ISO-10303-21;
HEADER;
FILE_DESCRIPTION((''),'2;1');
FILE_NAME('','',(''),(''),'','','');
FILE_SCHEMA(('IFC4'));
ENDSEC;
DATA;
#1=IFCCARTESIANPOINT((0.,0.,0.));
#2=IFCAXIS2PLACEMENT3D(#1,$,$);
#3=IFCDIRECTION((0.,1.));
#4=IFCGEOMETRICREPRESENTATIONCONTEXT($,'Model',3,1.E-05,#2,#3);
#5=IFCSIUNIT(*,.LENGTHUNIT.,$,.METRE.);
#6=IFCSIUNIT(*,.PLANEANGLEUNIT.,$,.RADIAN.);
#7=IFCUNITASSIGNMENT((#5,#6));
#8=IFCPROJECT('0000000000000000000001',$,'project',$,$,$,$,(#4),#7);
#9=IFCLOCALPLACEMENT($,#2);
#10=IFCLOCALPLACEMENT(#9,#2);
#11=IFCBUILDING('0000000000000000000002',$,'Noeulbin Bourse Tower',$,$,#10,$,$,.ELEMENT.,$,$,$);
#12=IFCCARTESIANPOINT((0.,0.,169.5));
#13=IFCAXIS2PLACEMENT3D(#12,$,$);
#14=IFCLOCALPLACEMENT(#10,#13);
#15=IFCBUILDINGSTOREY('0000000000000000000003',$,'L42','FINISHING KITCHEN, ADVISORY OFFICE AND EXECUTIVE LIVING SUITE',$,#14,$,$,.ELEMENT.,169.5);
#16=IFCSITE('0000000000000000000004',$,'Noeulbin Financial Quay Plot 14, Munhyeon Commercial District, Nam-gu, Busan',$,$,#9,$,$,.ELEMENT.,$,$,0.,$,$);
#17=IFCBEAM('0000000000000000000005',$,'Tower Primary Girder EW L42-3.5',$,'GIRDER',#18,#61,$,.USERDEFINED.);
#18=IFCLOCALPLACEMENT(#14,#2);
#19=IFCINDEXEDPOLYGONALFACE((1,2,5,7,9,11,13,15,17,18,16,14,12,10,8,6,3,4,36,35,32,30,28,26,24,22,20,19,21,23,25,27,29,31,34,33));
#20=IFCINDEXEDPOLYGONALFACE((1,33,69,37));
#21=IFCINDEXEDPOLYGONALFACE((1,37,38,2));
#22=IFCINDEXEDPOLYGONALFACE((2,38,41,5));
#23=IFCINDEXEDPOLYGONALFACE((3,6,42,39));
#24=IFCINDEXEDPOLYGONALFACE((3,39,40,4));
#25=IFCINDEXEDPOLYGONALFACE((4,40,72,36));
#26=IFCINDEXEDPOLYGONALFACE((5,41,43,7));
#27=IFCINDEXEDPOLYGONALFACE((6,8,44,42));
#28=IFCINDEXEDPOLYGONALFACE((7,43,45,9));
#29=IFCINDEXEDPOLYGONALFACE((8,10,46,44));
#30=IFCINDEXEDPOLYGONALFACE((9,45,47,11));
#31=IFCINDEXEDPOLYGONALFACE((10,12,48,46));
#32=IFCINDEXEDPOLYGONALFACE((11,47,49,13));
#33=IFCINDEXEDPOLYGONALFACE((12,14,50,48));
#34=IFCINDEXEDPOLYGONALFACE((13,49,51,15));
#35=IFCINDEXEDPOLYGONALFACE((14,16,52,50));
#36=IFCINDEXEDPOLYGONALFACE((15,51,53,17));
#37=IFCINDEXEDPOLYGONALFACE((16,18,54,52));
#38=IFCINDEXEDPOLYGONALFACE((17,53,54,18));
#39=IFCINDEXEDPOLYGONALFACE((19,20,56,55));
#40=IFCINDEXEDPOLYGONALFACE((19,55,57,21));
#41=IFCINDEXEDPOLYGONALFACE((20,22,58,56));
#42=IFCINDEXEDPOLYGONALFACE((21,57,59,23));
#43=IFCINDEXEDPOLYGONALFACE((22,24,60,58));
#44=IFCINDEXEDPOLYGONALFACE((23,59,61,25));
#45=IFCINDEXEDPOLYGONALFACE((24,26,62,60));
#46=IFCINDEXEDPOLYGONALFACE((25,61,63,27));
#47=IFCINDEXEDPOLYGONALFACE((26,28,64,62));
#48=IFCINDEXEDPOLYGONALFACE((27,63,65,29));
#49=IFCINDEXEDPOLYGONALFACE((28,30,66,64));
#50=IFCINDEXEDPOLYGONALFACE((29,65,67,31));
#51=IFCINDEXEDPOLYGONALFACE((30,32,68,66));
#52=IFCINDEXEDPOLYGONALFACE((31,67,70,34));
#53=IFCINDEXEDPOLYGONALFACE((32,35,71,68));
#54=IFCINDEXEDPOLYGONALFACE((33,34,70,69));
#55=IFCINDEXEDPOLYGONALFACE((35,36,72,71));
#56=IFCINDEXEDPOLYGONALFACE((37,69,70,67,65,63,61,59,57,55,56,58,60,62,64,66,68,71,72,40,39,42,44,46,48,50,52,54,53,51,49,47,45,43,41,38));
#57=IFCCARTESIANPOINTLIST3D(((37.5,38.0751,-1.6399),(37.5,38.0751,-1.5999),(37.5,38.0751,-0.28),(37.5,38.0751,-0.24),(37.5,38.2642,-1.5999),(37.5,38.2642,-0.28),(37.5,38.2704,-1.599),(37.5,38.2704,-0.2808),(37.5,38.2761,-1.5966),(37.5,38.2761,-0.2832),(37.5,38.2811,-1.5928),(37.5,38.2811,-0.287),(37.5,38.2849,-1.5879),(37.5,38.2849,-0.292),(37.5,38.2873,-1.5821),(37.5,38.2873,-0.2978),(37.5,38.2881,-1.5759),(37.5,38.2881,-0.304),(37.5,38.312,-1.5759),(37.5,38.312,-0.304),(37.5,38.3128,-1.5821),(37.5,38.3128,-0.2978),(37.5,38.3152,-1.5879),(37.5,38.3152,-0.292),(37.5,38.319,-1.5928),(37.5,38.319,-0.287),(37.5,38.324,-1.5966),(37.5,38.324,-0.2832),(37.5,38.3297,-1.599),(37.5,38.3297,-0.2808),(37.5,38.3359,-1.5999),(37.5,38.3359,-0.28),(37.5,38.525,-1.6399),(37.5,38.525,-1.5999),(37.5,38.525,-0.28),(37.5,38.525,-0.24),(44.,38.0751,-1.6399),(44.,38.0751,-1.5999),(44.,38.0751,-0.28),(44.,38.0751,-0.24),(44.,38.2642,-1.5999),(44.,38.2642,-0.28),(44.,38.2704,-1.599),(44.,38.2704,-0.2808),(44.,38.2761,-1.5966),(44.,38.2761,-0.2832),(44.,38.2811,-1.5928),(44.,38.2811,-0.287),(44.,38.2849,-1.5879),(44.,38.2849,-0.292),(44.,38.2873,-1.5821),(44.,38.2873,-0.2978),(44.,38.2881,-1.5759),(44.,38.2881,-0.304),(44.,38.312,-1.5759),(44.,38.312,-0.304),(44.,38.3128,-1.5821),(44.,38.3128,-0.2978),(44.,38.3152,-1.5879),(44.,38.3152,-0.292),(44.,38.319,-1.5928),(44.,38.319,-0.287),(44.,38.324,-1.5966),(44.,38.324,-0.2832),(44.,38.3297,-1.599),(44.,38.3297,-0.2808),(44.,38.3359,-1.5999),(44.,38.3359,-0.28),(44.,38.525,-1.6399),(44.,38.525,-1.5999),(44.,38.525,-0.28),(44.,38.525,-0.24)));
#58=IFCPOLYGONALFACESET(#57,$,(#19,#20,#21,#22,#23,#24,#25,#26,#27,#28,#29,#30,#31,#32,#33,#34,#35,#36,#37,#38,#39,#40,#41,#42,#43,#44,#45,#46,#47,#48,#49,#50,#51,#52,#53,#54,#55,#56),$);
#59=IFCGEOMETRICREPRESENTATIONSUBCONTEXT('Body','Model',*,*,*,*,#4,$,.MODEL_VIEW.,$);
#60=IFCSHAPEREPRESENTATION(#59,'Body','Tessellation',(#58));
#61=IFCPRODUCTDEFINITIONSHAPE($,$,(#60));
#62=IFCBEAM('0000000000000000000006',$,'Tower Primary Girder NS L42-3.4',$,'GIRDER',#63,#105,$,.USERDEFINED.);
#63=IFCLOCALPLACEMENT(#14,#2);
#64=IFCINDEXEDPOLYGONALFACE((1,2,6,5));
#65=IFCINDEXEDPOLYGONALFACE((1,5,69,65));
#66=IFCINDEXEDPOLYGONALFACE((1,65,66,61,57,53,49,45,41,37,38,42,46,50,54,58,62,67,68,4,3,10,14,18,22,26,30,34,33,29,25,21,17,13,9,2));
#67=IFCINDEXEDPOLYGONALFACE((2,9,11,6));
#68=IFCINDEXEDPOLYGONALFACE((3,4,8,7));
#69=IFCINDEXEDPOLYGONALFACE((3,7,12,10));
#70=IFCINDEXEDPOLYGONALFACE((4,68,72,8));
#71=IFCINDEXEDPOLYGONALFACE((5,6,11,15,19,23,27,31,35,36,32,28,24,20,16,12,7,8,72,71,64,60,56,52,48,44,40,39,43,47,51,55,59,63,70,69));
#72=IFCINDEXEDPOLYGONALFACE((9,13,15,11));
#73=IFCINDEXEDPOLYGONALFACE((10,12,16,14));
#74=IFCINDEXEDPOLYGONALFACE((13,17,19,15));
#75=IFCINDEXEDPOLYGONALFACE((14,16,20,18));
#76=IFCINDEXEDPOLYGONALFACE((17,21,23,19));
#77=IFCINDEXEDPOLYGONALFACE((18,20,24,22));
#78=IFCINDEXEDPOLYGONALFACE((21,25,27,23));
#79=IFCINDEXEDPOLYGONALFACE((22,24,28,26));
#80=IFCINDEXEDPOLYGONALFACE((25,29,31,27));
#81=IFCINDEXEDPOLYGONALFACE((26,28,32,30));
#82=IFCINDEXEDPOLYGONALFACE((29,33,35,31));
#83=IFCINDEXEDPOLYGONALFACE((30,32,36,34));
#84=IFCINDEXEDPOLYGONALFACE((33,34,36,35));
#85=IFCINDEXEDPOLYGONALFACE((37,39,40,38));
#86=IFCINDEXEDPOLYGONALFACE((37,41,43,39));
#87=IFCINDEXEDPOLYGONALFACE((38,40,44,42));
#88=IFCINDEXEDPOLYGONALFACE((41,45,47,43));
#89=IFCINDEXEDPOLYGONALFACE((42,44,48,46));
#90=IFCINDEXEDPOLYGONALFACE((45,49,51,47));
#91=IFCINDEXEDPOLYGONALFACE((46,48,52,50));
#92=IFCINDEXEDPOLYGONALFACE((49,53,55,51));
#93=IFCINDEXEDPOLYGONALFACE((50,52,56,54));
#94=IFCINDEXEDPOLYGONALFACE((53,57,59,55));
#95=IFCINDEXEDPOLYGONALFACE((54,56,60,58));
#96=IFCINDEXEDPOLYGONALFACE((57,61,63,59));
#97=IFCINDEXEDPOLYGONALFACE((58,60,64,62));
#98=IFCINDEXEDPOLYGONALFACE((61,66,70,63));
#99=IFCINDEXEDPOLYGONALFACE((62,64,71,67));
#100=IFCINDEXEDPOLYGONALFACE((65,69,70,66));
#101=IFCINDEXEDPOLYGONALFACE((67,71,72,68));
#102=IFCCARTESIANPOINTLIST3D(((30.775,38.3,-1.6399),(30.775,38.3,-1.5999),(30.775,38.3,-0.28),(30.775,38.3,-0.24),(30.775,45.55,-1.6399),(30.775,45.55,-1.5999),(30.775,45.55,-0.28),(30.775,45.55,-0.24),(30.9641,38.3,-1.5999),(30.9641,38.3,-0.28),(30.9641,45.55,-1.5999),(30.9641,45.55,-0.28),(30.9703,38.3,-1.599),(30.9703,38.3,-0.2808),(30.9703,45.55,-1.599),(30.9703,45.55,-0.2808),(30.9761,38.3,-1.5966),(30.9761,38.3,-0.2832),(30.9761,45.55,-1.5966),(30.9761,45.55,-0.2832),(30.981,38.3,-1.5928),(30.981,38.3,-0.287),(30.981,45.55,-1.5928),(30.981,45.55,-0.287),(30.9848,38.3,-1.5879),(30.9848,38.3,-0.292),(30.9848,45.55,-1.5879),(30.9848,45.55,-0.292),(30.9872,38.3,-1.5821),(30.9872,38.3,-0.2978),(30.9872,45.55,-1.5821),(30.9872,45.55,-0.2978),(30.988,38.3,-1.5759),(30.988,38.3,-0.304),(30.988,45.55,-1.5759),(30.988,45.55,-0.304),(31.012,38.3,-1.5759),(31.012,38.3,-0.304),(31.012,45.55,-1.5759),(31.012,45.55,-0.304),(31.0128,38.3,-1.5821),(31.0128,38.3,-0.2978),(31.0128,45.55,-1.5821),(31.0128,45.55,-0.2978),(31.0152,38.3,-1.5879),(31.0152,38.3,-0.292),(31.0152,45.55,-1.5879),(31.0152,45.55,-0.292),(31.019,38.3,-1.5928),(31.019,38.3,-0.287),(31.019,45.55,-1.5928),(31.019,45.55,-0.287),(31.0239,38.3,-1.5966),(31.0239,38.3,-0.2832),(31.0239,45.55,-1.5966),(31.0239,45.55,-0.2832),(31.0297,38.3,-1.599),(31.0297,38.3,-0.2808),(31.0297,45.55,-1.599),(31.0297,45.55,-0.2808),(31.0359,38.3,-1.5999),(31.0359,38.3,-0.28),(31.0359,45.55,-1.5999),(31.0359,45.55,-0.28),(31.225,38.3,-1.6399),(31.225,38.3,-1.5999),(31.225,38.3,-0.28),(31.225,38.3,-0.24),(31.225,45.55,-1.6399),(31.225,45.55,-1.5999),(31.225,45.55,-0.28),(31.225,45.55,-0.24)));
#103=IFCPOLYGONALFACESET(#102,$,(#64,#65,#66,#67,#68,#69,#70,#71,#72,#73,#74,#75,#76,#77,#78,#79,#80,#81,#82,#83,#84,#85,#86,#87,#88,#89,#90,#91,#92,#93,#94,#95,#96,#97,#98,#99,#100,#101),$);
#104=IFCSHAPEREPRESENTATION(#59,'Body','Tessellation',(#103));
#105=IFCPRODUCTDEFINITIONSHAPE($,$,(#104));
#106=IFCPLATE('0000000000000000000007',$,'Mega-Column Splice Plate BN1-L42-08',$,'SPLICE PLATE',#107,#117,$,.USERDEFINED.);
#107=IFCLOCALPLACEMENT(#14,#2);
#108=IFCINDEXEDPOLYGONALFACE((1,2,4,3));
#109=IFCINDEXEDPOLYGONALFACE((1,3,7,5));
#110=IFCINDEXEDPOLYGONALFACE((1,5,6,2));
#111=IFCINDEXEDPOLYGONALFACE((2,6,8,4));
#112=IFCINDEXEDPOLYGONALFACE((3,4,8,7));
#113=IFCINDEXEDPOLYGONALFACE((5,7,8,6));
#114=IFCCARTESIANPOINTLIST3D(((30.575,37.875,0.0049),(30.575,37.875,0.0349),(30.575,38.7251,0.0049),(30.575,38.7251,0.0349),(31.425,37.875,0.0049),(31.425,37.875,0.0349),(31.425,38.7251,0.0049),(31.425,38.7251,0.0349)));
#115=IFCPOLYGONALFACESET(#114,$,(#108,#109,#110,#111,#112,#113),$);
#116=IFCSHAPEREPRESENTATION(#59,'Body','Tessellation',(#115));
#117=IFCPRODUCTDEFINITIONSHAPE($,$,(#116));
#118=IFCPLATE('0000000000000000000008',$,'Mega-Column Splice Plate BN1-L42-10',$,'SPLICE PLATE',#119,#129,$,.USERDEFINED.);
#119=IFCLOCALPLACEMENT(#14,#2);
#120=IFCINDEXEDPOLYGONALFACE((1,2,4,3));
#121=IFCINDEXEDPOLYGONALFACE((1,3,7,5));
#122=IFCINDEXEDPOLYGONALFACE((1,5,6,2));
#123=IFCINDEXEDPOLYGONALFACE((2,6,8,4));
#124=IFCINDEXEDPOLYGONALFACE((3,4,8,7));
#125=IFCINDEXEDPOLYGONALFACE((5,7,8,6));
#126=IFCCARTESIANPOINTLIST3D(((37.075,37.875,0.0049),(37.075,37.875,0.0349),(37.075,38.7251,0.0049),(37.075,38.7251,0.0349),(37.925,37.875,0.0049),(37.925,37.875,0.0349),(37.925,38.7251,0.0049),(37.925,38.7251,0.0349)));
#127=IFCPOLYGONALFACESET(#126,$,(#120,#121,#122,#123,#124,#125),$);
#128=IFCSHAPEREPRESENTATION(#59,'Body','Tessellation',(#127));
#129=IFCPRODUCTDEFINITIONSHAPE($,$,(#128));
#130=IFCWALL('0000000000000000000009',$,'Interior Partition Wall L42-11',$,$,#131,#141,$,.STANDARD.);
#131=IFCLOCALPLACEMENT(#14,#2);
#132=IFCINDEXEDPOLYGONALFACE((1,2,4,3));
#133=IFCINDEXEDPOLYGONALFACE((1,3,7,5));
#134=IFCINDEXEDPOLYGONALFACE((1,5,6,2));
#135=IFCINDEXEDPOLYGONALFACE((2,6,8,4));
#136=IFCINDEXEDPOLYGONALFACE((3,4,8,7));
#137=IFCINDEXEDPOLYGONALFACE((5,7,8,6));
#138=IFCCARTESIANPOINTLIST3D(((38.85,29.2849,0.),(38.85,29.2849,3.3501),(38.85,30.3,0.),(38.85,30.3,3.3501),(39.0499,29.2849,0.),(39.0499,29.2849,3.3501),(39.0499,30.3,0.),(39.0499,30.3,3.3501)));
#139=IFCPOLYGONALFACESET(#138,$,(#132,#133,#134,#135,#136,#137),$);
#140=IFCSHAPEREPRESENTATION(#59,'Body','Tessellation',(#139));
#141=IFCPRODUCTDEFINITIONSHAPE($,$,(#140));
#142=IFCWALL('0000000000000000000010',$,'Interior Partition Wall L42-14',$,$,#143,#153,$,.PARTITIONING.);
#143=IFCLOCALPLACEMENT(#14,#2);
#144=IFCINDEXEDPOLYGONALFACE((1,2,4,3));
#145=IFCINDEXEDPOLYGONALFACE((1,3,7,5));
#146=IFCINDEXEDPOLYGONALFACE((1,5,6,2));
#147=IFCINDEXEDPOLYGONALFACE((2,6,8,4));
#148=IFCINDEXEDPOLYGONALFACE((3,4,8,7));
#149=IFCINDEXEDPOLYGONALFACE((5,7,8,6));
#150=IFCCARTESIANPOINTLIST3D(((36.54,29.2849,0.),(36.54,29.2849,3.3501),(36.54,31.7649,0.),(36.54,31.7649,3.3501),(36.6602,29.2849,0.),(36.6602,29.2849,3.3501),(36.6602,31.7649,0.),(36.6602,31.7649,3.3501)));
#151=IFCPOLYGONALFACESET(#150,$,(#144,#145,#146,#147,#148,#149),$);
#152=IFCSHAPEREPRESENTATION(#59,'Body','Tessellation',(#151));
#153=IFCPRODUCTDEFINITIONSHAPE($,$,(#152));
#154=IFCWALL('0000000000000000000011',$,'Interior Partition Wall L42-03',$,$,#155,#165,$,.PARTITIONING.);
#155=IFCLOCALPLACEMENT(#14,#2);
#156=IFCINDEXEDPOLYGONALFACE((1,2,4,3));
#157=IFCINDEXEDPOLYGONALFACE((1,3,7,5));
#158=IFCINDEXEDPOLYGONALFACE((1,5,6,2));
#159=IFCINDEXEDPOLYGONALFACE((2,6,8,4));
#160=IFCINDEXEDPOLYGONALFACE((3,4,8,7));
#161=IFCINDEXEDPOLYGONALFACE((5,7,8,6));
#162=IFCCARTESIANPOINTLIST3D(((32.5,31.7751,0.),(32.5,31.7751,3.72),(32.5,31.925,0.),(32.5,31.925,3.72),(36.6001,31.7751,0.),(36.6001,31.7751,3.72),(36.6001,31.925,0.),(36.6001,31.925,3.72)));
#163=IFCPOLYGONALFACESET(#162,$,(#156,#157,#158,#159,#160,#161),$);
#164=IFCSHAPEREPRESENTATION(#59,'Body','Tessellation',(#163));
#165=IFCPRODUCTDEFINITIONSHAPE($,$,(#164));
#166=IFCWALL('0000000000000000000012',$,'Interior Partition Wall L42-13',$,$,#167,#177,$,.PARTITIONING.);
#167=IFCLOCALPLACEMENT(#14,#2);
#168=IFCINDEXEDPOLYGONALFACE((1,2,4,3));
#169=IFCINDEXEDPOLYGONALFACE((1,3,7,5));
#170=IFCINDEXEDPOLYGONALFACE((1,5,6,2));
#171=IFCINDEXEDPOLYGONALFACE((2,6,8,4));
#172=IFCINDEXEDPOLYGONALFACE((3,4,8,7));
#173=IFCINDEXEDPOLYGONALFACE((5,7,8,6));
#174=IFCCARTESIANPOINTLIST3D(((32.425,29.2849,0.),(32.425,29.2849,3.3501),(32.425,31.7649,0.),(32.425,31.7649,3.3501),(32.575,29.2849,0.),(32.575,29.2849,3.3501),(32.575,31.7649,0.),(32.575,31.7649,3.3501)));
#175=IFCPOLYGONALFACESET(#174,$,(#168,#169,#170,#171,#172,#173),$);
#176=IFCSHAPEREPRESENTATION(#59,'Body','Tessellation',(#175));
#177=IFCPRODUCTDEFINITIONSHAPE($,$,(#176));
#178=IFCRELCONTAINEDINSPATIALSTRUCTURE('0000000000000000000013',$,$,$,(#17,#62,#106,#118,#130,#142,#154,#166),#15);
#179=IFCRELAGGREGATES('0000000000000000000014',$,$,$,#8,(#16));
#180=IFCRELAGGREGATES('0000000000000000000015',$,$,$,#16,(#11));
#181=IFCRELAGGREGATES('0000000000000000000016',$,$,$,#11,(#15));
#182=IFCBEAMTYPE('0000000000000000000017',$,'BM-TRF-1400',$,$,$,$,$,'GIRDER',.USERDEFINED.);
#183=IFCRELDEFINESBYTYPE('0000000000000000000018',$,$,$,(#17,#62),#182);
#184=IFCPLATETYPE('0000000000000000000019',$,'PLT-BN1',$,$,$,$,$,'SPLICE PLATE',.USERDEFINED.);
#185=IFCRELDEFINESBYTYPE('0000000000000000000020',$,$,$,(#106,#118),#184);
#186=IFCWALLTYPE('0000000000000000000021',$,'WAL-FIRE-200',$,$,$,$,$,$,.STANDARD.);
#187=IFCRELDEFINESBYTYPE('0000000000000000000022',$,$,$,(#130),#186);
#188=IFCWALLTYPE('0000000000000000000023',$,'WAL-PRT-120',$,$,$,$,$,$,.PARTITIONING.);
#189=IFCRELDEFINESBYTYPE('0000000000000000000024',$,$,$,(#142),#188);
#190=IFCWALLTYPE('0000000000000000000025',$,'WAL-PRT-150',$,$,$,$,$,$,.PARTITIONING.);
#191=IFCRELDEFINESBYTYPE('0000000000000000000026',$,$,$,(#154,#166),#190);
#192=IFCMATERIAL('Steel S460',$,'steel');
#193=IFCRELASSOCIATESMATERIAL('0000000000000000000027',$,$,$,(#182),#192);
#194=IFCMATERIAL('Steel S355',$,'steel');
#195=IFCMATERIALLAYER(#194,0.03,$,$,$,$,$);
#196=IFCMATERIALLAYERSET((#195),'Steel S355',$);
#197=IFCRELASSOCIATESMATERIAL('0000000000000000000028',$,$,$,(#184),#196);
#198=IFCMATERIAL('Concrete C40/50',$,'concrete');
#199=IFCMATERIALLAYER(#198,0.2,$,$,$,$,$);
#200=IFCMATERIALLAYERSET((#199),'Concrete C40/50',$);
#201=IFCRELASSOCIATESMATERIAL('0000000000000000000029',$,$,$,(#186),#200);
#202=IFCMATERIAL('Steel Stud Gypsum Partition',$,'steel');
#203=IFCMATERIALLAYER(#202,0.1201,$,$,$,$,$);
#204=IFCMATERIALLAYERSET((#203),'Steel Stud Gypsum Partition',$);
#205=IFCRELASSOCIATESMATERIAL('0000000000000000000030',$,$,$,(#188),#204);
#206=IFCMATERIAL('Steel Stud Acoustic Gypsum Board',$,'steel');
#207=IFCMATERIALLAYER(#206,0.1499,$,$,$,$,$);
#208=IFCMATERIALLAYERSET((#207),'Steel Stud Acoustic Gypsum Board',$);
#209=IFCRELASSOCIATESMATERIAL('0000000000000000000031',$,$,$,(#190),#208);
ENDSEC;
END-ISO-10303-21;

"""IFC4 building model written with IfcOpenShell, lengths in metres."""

from ifc_helpers import new_model, si_unit, direction, frame, frame_2d, origin, origin_2d, place, context, subcontext, project, spatial, rectangle, i_section, extrude, material, layer, layer_set, material_profile, profile_set, type_object, element, save


model = new_model("IFC4")

# Units and contexts
model_context = context("Model", 3, precision=1e-05, world=origin(), true_north=direction((0.0, 1.0)))
body_context = subcontext(model_context, "Body", "Model", "MODEL_VIEW")
ifc_project = project(units=[si_unit("LENGTHUNIT", "METRE"), si_unit("PLANEANGLEUNIT", "RADIAN")], contexts=[model_context])

# Site, building, storey
site_placement = place(None, origin())
site = spatial("IfcSite", under=ifc_project, at=site_placement, Name="Noeulbin Financial Quay Plot 14, Munhyeon Commercial District, Nam-gu, Busan", CompositionType="ELEMENT", RefElevation=0.0)
building_placement = place(site_placement, origin())
building = spatial("IfcBuilding", under=site, at=building_placement, Name="Noeulbin Bourse Tower", CompositionType="ELEMENT")
storey_placement = place(building_placement, frame((0.0, 0.0, 169.5)))
storey = spatial("IfcBuildingStorey", under=building, at=storey_placement, Name="L42", Description="FINISHING KITCHEN, ADVISORY OFFICE AND EXECUTIVE LIVING SUITE", CompositionType="ELEMENT", Elevation=169.5)

# Shared definitions
ifc_material_1 = material(Name="Steel S460", Category="steel")

# Beams
ifc_material_2 = material(Name="Steel S355", Category="steel")
ifc_material_profile_1 = material_profile(ifc_material_1, i_section(OverallWidth=0.45, OverallDepth=1.3999, WebThickness=0.0239, FlangeThickness=0.04, FilletRadius=0.0239, at=origin_2d()), Name="PG-1400x450x24x40", Category="LoadBearing")
ifc_profile_set_1 = profile_set([ifc_material_profile_1], Name="Steel S460")
beam_type_1 = type_object("IfcBeamType", Name="BM-TRF-1400", ElementType="GIRDER", PredefinedType="USERDEFINED", material=ifc_profile_set_1)
for number, where, z_axis, x_axis, name in (
    (1, (37.5, 38.3, -0.9399), (1.0, 0.0, 0.0), (0.0, 1.0, 0.0), "Tower Primary Girder EW L42-3.5"),
):
    element("IfcBeam", number, at=place(storey_placement, frame(where, z_axis=z_axis, x_axis=x_axis)), inside=storey, type_object=beam_type_1, Name=name, ObjectType="GIRDER", PredefinedType="USERDEFINED", context=body_context, shape_type="SweptSolid", body=[
        extrude(i_section(OverallWidth=0.45, OverallDepth=1.3999, WebThickness=0.0239, FlangeThickness=0.04, FilletRadius=0.0239, at=origin_2d()), origin(), (0.0, 0.0, 1.0), 6.5),
    ])
beam_1_placement = place(storey_placement, frame((31.0, 38.3, -0.9399), z_axis=(0.0, 1.0, 0.0), x_axis=(-1.0, 0.0, 0.0)))
element("IfcBeam", 2, at=beam_1_placement, inside=storey, type_object=beam_type_1, Name="Tower Primary Girder NS L42-3.4", ObjectType="GIRDER", PredefinedType="USERDEFINED", context=body_context, shape_type="SweptSolid", body=[
    extrude(i_section(OverallWidth=0.45, OverallDepth=1.3999, WebThickness=0.0239, FlangeThickness=0.04, FilletRadius=0.0239, at=origin_2d()), origin(), (0.0, 0.0, 1.0), 7.25),
])

# Plates
ifc_layer_1 = layer(ifc_material_2, 0.03)
ifc_layer_set_1 = layer_set([ifc_layer_1], Name="Steel S355")
plate_type = type_object("IfcPlateType", Name="PLT-BN1", ElementType="SPLICE PLATE", PredefinedType="USERDEFINED", material=ifc_layer_set_1)
for number, where, z_axis, x_axis, name in (
    (3, (31.0, 38.3, 0.0049), (0.0, 0.0, 1.0), (1.0, 0.0, 0.0), "Mega-Column Splice Plate BN1-L42-08"),
    (4, (37.5, 38.3, 0.0049), (0.0, 0.0, 1.0), (1.0, 0.0, 0.0), "Mega-Column Splice Plate BN1-L42-10"),
):
    element("IfcPlate", number, at=place(storey_placement, frame(where, z_axis=z_axis, x_axis=x_axis)), inside=storey, type_object=plate_type, Name=name, ObjectType="SPLICE PLATE", PredefinedType="USERDEFINED", context=body_context, shape_type="SweptSolid", body=[
        extrude(rectangle(XDim=0.8501, YDim=0.8501, at=origin_2d()), origin(), (0.0, 0.0, 1.0), 0.03),
    ])

# Walls
ifc_material_3 = material(Name="Concrete C40/50", Category="concrete")
ifc_layer_2 = layer(ifc_material_3, 0.2)
ifc_layer_set_2 = layer_set([ifc_layer_2], Name="Concrete C40/50")
wall_type_1 = type_object("IfcWallType", Name="WAL-FIRE-200", PredefinedType="STANDARD", material=ifc_layer_set_2)
wall_1_placement = place(storey_placement, frame((38.95, 29.2849, 0.0), z_axis=(0.0, 0.0, 1.0), x_axis=(0.0, 1.0, 0.0)))
element("IfcWall", 5, at=wall_1_placement, inside=storey, type_object=wall_type_1, Name="Interior Partition Wall L42-11", PredefinedType="STANDARD", context=body_context, shape_type="SweptSolid", body=[
    extrude(rectangle(XDim=1.0151, YDim=0.2, at=frame_2d((0.5076, 0.0))), origin(), (0.0, 0.0, 1.0), 3.3501),
])
ifc_material_4 = material(Name="Steel Stud Gypsum Partition", Category="steel")
ifc_layer_3 = layer(ifc_material_4, 0.1201)
ifc_layer_set_3 = layer_set([ifc_layer_3], Name="Steel Stud Gypsum Partition")
wall_type_2 = type_object("IfcWallType", Name="WAL-PRT-120", PredefinedType="PARTITIONING", material=ifc_layer_set_3)
wall_2_placement = place(storey_placement, frame((36.6001, 29.2849, 0.0), z_axis=(0.0, 0.0, 1.0), x_axis=(0.0, 1.0, 0.0)))
element("IfcWall", 6, at=wall_2_placement, inside=storey, type_object=wall_type_2, Name="Interior Partition Wall L42-14", PredefinedType="PARTITIONING", context=body_context, shape_type="SweptSolid", body=[
    extrude(rectangle(XDim=2.48, YDim=0.1201, at=frame_2d((1.24, 0.0))), origin(), (0.0, 0.0, 1.0), 3.3501),
])
ifc_material_5 = material(Name="Steel Stud Acoustic Gypsum Board", Category="steel")
ifc_layer_4 = layer(ifc_material_5, 0.1499)
ifc_layer_set_4 = layer_set([ifc_layer_4], Name="Steel Stud Acoustic Gypsum Board")
wall_type_3 = type_object("IfcWallType", Name="WAL-PRT-150", PredefinedType="PARTITIONING", material=ifc_layer_set_4)
wall_3_placement = place(storey_placement, frame((32.5, 31.8501, 0.0), z_axis=(0.0, 0.0, 1.0), x_axis=(1.0, 0.0, 0.0)))
element("IfcWall", 7, at=wall_3_placement, inside=storey, type_object=wall_type_3, Name="Interior Partition Wall L42-03", PredefinedType="PARTITIONING", context=body_context, shape_type="SweptSolid", body=[
    extrude(rectangle(XDim=4.1001, YDim=0.1499, at=frame_2d((2.05, 0.0))), origin(), (0.0, 0.0, 1.0), 3.72),
])
wall_4_placement = place(storey_placement, frame((32.5, 29.2849, 0.0), z_axis=(0.0, 0.0, 1.0), x_axis=(0.0, 1.0, 0.0)))
element("IfcWall", 8, at=wall_4_placement, inside=storey, type_object=wall_type_3, Name="Interior Partition Wall L42-13", PredefinedType="PARTITIONING", context=body_context, shape_type="SweptSolid", body=[
    extrude(rectangle(XDim=2.48, YDim=0.1499, at=frame_2d((1.24, 0.0))), origin(), (0.0, 0.0, 1.0), 3.3501),
])

save(model, "model.ifc")
